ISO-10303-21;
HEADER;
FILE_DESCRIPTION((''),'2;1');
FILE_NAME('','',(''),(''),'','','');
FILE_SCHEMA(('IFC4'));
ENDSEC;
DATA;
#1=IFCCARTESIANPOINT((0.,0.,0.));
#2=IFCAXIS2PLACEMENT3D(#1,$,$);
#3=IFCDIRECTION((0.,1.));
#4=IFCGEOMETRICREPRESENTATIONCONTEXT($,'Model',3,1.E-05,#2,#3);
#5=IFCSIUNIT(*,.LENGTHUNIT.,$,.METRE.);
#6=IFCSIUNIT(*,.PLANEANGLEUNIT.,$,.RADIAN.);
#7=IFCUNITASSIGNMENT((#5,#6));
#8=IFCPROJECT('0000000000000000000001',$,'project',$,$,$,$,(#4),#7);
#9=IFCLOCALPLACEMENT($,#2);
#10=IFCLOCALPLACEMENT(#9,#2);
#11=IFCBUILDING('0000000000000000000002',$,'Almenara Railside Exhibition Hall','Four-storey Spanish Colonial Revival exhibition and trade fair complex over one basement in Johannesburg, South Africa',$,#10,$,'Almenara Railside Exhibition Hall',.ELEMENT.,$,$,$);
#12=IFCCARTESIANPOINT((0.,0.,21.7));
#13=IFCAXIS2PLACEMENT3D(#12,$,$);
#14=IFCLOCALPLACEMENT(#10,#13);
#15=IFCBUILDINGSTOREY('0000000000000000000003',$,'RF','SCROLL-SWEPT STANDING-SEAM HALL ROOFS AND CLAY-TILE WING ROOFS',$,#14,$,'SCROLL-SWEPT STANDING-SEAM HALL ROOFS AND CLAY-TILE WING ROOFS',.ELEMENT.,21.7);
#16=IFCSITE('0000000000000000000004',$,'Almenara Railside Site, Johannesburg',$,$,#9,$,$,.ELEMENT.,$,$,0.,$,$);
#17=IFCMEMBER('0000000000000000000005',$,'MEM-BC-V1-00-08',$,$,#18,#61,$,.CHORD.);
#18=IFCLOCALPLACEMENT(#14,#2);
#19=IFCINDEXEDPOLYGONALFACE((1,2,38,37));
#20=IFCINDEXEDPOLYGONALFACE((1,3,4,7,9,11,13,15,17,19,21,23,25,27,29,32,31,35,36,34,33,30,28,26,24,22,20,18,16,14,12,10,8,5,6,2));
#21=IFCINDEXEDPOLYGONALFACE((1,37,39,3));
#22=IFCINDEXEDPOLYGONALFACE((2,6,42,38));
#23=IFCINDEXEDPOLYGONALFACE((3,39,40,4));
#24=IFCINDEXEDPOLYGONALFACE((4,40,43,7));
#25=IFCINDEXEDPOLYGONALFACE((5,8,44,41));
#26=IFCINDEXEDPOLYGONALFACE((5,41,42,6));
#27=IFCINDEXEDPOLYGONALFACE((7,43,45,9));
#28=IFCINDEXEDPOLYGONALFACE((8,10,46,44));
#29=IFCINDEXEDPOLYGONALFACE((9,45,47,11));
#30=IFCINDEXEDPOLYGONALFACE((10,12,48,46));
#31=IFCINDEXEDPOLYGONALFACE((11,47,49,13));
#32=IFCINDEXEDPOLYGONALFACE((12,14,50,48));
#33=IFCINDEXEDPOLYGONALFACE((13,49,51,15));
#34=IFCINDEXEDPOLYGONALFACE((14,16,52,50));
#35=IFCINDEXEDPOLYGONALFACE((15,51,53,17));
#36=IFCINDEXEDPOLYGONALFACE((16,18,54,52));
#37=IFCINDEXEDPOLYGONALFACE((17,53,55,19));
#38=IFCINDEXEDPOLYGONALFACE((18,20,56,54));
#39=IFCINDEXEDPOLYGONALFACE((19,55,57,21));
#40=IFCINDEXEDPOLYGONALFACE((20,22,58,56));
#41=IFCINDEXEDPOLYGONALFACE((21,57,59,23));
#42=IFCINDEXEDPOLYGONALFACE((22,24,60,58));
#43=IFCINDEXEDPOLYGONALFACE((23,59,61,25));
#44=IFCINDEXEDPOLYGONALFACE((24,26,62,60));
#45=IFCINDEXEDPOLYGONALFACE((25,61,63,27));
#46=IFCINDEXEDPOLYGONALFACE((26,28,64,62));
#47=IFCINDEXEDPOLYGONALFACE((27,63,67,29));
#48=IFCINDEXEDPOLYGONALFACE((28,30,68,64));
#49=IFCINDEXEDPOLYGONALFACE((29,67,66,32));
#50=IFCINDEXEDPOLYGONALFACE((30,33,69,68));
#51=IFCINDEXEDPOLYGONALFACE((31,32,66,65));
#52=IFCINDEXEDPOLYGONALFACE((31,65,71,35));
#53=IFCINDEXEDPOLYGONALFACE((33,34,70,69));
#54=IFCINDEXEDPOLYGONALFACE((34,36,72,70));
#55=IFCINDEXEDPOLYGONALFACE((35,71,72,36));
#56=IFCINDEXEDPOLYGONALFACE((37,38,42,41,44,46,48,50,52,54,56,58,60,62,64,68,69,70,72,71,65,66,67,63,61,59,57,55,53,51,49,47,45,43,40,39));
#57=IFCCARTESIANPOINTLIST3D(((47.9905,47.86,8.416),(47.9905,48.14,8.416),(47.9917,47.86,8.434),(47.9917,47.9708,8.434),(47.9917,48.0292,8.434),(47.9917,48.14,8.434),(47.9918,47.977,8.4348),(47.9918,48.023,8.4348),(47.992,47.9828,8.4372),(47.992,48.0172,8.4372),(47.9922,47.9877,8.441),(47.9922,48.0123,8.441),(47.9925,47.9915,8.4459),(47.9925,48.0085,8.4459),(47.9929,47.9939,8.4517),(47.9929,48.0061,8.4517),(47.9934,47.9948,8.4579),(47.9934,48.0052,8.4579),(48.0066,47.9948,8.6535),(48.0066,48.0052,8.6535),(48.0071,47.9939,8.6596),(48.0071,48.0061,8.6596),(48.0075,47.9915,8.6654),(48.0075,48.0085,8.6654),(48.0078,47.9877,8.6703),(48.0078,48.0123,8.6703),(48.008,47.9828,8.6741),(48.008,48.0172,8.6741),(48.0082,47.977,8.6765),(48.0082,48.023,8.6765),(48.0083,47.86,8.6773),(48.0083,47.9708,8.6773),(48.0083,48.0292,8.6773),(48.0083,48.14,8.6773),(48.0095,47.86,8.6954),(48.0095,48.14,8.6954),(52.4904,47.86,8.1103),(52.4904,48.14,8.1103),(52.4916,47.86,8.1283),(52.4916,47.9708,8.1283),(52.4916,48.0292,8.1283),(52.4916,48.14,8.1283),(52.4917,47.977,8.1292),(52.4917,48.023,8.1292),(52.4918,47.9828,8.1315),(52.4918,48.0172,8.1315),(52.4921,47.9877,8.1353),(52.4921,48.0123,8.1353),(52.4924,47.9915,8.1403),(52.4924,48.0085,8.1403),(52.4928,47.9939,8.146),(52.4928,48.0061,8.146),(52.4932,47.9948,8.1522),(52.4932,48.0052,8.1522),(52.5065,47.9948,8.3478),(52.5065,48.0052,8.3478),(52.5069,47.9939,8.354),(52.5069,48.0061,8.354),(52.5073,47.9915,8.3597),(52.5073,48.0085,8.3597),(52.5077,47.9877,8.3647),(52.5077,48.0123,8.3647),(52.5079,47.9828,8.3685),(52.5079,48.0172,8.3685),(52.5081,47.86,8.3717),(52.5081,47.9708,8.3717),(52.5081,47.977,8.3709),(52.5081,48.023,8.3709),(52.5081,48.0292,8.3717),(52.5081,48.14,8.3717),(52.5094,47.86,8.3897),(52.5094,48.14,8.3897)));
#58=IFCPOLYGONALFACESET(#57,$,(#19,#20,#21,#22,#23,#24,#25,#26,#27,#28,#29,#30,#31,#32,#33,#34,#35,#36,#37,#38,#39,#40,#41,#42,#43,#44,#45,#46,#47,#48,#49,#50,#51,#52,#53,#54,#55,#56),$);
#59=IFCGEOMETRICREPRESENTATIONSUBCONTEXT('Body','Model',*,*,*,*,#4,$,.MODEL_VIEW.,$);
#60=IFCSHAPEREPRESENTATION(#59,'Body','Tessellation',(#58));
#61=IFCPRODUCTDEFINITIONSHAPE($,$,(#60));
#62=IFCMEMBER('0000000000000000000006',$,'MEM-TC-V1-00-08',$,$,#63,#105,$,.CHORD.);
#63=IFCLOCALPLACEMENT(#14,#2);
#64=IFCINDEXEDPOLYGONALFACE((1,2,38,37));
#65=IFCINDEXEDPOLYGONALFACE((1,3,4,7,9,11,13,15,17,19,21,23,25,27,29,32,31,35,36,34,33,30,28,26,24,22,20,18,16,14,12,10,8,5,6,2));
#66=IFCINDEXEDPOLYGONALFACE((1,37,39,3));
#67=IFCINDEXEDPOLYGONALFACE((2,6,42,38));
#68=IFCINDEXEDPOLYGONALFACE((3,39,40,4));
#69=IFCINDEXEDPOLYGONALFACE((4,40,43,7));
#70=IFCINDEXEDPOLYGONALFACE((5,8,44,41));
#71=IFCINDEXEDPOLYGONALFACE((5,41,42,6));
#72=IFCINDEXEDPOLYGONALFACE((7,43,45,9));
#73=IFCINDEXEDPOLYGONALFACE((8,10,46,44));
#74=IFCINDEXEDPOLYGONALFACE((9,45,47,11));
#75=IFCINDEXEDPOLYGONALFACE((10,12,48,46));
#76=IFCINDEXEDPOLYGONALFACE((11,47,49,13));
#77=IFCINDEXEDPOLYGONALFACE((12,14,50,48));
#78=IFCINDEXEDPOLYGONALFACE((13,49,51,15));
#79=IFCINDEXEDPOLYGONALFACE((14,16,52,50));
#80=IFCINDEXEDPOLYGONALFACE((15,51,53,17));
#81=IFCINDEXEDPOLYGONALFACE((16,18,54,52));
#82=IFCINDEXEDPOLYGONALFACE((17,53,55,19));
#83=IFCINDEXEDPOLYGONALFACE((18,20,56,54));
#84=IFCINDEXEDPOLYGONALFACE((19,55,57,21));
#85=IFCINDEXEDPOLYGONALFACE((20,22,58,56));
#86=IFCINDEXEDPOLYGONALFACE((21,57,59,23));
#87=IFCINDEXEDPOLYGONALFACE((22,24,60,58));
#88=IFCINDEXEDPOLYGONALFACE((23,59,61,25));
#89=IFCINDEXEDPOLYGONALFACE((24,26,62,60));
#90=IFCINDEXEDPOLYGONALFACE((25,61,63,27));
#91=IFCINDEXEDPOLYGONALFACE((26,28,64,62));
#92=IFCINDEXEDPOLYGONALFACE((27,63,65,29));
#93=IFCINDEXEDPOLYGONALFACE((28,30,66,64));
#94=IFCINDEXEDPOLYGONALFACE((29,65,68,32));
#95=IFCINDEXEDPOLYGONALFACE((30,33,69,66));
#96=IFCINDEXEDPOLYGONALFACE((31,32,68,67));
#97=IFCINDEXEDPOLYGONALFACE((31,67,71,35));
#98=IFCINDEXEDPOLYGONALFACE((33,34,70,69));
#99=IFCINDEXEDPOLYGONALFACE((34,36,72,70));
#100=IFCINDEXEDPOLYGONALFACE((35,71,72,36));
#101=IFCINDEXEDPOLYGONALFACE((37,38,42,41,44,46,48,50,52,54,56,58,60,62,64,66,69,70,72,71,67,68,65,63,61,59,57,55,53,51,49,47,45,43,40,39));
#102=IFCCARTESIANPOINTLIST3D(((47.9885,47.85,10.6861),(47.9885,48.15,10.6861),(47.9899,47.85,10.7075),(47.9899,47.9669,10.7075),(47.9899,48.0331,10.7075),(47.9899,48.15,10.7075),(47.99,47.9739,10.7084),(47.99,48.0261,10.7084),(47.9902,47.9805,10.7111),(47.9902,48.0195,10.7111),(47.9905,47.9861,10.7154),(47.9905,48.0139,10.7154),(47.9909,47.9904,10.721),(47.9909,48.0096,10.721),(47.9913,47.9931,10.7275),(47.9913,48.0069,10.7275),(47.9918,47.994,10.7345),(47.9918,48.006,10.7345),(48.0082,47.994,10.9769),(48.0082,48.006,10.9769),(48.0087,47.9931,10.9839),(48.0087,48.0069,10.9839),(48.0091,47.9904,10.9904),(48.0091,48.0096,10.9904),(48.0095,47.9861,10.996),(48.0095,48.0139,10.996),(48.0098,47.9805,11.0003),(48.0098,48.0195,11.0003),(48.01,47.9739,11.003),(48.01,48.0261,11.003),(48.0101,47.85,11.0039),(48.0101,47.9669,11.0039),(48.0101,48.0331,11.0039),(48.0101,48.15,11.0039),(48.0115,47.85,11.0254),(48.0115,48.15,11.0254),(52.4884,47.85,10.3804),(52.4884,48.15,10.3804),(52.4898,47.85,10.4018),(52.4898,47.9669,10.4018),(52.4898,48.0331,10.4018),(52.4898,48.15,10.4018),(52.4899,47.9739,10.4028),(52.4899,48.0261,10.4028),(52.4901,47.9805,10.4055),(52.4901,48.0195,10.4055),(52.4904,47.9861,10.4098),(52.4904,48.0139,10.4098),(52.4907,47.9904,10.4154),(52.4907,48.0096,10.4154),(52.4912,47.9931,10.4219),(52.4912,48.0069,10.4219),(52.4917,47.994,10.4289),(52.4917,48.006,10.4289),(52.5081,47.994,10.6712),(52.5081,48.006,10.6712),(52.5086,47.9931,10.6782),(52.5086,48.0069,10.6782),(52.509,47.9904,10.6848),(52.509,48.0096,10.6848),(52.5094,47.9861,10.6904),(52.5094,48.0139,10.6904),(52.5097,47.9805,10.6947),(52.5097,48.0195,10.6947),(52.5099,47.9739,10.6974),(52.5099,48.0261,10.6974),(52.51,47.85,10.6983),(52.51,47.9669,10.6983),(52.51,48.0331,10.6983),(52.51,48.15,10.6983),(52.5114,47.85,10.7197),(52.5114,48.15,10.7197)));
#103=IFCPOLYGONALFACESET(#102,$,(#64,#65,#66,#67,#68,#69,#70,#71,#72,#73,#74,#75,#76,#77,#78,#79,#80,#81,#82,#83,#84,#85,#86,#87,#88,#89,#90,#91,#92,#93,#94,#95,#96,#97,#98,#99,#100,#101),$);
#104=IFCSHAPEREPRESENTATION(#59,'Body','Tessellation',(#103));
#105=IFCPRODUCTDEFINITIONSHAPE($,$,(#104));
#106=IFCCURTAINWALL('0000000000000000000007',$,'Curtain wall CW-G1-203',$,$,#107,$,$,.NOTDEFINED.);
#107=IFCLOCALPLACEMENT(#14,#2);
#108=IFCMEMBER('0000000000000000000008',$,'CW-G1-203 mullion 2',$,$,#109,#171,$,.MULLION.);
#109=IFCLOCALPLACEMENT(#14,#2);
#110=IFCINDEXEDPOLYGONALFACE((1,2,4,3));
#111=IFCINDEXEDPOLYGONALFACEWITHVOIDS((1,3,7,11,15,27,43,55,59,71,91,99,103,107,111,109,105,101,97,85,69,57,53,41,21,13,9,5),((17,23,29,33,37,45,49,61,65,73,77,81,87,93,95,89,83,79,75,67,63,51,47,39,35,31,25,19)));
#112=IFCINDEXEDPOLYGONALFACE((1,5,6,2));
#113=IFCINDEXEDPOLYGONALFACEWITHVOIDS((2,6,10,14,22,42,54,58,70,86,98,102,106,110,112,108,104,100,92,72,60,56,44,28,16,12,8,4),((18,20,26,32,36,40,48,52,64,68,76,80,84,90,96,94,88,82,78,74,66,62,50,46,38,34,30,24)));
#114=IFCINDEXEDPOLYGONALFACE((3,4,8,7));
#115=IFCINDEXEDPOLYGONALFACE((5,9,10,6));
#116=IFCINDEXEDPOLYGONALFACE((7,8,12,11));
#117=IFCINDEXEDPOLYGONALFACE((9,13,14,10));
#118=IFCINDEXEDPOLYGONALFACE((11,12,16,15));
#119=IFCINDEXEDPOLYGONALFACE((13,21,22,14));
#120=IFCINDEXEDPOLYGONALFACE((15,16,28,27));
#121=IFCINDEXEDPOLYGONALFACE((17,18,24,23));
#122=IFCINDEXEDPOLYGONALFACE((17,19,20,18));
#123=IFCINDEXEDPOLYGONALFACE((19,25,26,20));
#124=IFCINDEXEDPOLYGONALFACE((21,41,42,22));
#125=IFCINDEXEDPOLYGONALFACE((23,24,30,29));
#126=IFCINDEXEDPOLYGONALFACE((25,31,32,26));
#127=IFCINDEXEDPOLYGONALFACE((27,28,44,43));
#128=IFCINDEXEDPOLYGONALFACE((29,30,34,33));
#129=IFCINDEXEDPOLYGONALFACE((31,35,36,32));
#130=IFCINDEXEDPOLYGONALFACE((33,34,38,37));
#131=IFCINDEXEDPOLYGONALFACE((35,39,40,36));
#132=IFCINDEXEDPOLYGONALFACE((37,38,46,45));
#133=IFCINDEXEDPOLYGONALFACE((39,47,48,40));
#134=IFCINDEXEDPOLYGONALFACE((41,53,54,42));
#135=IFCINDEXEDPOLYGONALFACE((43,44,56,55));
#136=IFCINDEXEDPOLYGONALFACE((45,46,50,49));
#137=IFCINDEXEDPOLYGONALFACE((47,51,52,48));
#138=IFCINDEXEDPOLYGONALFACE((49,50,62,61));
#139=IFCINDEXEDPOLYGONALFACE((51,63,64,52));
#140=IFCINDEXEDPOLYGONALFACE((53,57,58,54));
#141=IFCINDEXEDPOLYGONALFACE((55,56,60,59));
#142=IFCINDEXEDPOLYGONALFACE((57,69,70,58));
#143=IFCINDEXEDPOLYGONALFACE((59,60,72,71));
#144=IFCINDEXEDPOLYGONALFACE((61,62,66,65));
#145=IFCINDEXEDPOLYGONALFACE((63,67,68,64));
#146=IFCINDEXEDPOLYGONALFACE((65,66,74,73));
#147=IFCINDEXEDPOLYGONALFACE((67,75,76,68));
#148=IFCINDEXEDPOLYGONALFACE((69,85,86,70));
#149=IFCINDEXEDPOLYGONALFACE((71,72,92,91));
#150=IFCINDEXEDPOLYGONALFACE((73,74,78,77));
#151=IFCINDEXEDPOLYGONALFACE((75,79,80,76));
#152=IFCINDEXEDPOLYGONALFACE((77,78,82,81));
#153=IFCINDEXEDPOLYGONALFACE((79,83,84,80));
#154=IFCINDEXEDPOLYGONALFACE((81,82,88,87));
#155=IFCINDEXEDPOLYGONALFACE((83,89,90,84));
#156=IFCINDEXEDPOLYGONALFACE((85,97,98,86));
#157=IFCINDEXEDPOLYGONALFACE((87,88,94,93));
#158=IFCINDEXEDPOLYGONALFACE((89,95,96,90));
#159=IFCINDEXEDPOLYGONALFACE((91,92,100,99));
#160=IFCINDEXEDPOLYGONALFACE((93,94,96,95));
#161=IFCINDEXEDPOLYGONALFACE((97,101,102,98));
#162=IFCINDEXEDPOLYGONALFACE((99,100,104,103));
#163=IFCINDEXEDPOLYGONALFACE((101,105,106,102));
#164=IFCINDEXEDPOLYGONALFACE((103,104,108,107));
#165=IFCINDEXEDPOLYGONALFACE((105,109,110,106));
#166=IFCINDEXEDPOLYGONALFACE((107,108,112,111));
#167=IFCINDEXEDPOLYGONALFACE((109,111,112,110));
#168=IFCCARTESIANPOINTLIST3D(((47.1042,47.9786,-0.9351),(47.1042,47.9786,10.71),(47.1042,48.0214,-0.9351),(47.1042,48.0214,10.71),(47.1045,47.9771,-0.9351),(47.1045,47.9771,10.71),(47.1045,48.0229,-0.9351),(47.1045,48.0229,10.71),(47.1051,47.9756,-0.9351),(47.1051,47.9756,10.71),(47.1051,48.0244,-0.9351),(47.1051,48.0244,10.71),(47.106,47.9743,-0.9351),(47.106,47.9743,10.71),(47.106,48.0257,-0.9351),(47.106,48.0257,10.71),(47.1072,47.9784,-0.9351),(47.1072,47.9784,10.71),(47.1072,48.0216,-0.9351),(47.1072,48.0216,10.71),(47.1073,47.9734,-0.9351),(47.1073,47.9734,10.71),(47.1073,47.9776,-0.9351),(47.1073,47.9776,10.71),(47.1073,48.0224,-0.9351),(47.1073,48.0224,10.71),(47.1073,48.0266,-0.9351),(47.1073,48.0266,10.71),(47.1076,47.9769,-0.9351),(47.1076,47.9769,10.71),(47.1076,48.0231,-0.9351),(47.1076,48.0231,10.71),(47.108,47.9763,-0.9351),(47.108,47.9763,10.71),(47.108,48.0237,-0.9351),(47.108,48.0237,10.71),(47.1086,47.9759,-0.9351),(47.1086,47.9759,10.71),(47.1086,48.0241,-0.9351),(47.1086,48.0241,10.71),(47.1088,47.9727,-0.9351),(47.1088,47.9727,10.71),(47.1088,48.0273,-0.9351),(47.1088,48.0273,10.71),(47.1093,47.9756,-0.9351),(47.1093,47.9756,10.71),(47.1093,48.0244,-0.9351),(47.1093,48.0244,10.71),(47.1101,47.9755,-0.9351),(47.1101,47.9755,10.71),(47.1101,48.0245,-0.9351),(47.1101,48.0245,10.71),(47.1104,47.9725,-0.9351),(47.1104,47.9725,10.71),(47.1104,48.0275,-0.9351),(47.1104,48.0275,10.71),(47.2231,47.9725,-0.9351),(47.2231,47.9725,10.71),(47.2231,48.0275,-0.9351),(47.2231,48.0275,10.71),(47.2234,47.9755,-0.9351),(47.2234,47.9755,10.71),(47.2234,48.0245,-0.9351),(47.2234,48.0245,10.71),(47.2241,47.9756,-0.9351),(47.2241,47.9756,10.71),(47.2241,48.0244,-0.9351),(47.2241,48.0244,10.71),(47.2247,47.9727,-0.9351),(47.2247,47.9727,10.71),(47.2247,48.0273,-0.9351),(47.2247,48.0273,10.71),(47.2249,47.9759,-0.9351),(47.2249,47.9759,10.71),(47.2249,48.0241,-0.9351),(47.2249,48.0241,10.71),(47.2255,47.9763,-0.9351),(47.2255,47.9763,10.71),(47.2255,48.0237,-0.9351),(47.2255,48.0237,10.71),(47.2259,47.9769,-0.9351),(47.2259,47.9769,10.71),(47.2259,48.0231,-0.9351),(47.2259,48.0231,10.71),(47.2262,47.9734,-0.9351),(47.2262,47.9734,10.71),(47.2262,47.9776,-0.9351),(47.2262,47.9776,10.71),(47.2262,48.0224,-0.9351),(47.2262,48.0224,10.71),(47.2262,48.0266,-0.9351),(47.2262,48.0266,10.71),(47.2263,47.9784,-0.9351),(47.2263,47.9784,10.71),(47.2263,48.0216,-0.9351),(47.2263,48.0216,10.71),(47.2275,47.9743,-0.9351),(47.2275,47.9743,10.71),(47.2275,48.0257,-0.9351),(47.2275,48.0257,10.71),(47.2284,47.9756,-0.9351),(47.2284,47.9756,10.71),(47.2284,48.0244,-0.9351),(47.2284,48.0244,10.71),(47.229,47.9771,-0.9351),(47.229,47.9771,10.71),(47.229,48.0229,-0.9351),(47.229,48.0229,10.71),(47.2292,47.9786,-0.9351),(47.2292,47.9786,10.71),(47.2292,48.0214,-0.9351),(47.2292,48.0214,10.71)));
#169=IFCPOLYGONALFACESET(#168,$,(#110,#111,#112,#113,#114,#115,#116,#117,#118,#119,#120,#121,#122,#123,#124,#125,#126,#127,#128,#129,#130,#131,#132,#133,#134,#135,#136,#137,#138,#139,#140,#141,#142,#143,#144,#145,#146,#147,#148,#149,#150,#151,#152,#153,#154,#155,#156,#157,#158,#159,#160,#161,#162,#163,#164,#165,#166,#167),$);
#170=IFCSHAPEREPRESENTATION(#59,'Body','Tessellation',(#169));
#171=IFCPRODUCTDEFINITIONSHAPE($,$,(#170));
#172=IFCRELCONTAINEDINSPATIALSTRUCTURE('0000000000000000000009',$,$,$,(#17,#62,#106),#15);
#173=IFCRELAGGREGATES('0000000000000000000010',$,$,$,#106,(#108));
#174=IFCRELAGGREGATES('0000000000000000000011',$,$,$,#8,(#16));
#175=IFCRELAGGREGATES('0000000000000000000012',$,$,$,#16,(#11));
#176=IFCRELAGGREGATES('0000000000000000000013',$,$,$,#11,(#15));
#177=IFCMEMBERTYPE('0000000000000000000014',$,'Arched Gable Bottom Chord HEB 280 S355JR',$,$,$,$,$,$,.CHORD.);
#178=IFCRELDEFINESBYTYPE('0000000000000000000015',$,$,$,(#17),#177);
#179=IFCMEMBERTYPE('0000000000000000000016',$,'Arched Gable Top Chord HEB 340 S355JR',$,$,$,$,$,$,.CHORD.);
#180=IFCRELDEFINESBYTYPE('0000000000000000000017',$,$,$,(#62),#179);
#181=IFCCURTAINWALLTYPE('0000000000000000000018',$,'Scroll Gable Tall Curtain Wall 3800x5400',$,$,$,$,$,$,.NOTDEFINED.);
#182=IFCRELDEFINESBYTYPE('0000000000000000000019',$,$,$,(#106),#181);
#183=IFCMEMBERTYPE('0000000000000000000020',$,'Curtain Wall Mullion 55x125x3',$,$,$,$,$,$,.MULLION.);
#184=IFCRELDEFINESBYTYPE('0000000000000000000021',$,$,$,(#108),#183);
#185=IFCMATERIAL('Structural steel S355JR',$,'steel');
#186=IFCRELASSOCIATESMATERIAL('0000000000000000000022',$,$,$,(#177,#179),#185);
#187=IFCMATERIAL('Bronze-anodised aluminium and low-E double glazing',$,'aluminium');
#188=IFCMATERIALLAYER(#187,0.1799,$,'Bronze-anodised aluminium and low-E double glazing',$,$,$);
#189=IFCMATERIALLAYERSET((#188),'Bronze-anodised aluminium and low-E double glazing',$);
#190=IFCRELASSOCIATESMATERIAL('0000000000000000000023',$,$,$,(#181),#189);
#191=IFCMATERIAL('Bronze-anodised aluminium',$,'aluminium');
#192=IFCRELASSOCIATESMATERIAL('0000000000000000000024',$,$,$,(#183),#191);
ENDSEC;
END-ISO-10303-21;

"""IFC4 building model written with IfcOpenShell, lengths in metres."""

from ifc_helpers import new_model, si_unit, direction, frame, origin, origin_2d, place, context, subcontext, project, spatial, hollow_rectangle, i_section, extrude, material, layer, layer_set, material_profile, profile_set, type_object, element, aggregate, save


model = new_model("IFC4")

# Units and contexts
model_context = context("Model", 3, precision=1e-05, world=origin(), true_north=direction((0.0, 1.0)))
body_context = subcontext(model_context, "Body", "Model", "MODEL_VIEW")
ifc_project = project(units=[si_unit("LENGTHUNIT", "METRE"), si_unit("PLANEANGLEUNIT", "RADIAN")], contexts=[model_context])

# Site, building, storey
site_placement = place(None, origin())
site = spatial("IfcSite", under=ifc_project, at=site_placement, Name="Almenara Railside Site, Johannesburg", CompositionType="ELEMENT", RefElevation=0.0)
building_placement = place(site_placement, origin())
building = spatial("IfcBuilding", under=site, at=building_placement, Name="Almenara Railside Exhibition Hall", Description="Four-storey Spanish Colonial Revival exhibition and trade fair complex over one basement in Johannesburg, South Africa", LongName="Almenara Railside Exhibition Hall", CompositionType="ELEMENT")
storey_placement = place(building_placement, frame((0.0, 0.0, 21.7)))
storey = spatial("IfcBuildingStorey", under=building, at=storey_placement, Name="RF", Description="SCROLL-SWEPT STANDING-SEAM HALL ROOFS AND CLAY-TILE WING ROOFS", LongName="SCROLL-SWEPT STANDING-SEAM HALL ROOFS AND CLAY-TILE WING ROOFS", CompositionType="ELEMENT", Elevation=21.7)

# Members
ifc_material_1 = material(Name="Structural steel S355JR", Category="steel")
ifc_material_profile_1 = material_profile(ifc_material_1, i_section(OverallWidth=0.28, OverallDepth=0.28, WebThickness=0.0105, FlangeThickness=0.0181, FilletRadius=0.0239, at=origin_2d()), Name="HEB 280")
ifc_profile_set_1 = profile_set([ifc_material_profile_1], Name="Structural steel S355JR")
member_type_1 = type_object("IfcMemberType", Name="Arched Gable Bottom Chord HEB 280 S355JR", PredefinedType="CHORD", material=ifc_profile_set_1)
member_1_placement = place(storey_placement, frame((48.0, 48.0, 8.5557), z_axis=(0.997701, 0.0, -0.067769), x_axis=(0.0, 1.0, 0.0)))
element("IfcMember", 1, at=member_1_placement, inside=storey, type_object=member_type_1, Name="MEM-BC-V1-00-08", PredefinedType="CHORD", context=body_context, shape_type="SweptSolid", body=[
    extrude(i_section(OverallWidth=0.28, OverallDepth=0.28, WebThickness=0.0105, FlangeThickness=0.0181, FilletRadius=0.0239, at=origin_2d()), origin(), (0.0, 0.0, 1.0), 4.5103),
])
ifc_material_profile_2 = material_profile(ifc_material_1, i_section(OverallWidth=0.3, OverallDepth=0.3401, WebThickness=0.012, FlangeThickness=0.0215, FilletRadius=0.0271, at=origin_2d()), Name="HEB 340")
ifc_profile_set_2 = profile_set([ifc_material_profile_2], Name="Structural steel S355JR")
member_type_2 = type_object("IfcMemberType", Name="Arched Gable Top Chord HEB 340 S355JR", PredefinedType="CHORD", material=ifc_profile_set_2)
member_2_placement = place(storey_placement, frame((48.0, 48.0, 10.8557), z_axis=(0.997701, 0.0, -0.067769), x_axis=(0.0, 1.0, 0.0)))
element("IfcMember", 2, at=member_2_placement, inside=storey, type_object=member_type_2, Name="MEM-TC-V1-00-08", PredefinedType="CHORD", context=body_context, shape_type="SweptSolid", body=[
    extrude(i_section(OverallWidth=0.3, OverallDepth=0.3401, WebThickness=0.012, FlangeThickness=0.0215, FilletRadius=0.0271, at=origin_2d()), origin(), (0.0, 0.0, 1.0), 4.5103),
])

# Curtain wall, member
ifc_material_2 = material(Name="Bronze-anodised aluminium and low-E double glazing", Category="aluminium")
ifc_layer_1 = layer(ifc_material_2, 0.1799, Name="Bronze-anodised aluminium and low-E double glazing")
ifc_layer_set_1 = layer_set([ifc_layer_1], Name="Bronze-anodised aluminium and low-E double glazing")
curtain_wall_type = type_object("IfcCurtainWallType", Name="Scroll Gable Tall Curtain Wall 3800x5400", PredefinedType="NOTDEFINED", material=ifc_layer_set_1)
curtain_wall_1_placement = place(storey_placement, origin())
curtain_wall_1 = element("IfcCurtainWall", 3, at=curtain_wall_1_placement, inside=storey, type_object=curtain_wall_type, Name="Curtain wall CW-G1-203", PredefinedType="NOTDEFINED")
ifc_material_3 = material(Name="Bronze-anodised aluminium", Category="aluminium")
ifc_material_profile_3 = material_profile(ifc_material_3, hollow_rectangle(XDim=0.0549, YDim=0.125, WallThickness=0.0029, InnerFilletRadius=0.0029, OuterFilletRadius=0.0061, at=origin_2d()), Name="ALU-MUL 55x125x3")
ifc_profile_set_3 = profile_set([ifc_material_profile_3], Name="Bronze-anodised aluminium")
member_type_3 = type_object("IfcMemberType", Name="Curtain Wall Mullion 55x125x3", PredefinedType="MULLION", material=ifc_profile_set_3)
member_3_placement = place(storey_placement, frame((47.1667, 48.0, -0.9351), z_axis=(0.0, 0.0, 1.0), x_axis=(0.0, 1.0, 0.0)))
member_3 = element("IfcMember", 4, at=member_3_placement, type_object=member_type_3, Name="CW-G1-203 mullion 2", PredefinedType="MULLION", context=body_context, shape_type="SweptSolid", body=[
    extrude(hollow_rectangle(XDim=0.0549, YDim=0.125, WallThickness=0.0029, InnerFilletRadius=0.0029, OuterFilletRadius=0.0061, at=origin_2d()), origin(), (0.0, 0.0, 1.0), 11.645),
])

aggregate(curtain_wall_1, [member_3])

save(model, "model.ifc")
